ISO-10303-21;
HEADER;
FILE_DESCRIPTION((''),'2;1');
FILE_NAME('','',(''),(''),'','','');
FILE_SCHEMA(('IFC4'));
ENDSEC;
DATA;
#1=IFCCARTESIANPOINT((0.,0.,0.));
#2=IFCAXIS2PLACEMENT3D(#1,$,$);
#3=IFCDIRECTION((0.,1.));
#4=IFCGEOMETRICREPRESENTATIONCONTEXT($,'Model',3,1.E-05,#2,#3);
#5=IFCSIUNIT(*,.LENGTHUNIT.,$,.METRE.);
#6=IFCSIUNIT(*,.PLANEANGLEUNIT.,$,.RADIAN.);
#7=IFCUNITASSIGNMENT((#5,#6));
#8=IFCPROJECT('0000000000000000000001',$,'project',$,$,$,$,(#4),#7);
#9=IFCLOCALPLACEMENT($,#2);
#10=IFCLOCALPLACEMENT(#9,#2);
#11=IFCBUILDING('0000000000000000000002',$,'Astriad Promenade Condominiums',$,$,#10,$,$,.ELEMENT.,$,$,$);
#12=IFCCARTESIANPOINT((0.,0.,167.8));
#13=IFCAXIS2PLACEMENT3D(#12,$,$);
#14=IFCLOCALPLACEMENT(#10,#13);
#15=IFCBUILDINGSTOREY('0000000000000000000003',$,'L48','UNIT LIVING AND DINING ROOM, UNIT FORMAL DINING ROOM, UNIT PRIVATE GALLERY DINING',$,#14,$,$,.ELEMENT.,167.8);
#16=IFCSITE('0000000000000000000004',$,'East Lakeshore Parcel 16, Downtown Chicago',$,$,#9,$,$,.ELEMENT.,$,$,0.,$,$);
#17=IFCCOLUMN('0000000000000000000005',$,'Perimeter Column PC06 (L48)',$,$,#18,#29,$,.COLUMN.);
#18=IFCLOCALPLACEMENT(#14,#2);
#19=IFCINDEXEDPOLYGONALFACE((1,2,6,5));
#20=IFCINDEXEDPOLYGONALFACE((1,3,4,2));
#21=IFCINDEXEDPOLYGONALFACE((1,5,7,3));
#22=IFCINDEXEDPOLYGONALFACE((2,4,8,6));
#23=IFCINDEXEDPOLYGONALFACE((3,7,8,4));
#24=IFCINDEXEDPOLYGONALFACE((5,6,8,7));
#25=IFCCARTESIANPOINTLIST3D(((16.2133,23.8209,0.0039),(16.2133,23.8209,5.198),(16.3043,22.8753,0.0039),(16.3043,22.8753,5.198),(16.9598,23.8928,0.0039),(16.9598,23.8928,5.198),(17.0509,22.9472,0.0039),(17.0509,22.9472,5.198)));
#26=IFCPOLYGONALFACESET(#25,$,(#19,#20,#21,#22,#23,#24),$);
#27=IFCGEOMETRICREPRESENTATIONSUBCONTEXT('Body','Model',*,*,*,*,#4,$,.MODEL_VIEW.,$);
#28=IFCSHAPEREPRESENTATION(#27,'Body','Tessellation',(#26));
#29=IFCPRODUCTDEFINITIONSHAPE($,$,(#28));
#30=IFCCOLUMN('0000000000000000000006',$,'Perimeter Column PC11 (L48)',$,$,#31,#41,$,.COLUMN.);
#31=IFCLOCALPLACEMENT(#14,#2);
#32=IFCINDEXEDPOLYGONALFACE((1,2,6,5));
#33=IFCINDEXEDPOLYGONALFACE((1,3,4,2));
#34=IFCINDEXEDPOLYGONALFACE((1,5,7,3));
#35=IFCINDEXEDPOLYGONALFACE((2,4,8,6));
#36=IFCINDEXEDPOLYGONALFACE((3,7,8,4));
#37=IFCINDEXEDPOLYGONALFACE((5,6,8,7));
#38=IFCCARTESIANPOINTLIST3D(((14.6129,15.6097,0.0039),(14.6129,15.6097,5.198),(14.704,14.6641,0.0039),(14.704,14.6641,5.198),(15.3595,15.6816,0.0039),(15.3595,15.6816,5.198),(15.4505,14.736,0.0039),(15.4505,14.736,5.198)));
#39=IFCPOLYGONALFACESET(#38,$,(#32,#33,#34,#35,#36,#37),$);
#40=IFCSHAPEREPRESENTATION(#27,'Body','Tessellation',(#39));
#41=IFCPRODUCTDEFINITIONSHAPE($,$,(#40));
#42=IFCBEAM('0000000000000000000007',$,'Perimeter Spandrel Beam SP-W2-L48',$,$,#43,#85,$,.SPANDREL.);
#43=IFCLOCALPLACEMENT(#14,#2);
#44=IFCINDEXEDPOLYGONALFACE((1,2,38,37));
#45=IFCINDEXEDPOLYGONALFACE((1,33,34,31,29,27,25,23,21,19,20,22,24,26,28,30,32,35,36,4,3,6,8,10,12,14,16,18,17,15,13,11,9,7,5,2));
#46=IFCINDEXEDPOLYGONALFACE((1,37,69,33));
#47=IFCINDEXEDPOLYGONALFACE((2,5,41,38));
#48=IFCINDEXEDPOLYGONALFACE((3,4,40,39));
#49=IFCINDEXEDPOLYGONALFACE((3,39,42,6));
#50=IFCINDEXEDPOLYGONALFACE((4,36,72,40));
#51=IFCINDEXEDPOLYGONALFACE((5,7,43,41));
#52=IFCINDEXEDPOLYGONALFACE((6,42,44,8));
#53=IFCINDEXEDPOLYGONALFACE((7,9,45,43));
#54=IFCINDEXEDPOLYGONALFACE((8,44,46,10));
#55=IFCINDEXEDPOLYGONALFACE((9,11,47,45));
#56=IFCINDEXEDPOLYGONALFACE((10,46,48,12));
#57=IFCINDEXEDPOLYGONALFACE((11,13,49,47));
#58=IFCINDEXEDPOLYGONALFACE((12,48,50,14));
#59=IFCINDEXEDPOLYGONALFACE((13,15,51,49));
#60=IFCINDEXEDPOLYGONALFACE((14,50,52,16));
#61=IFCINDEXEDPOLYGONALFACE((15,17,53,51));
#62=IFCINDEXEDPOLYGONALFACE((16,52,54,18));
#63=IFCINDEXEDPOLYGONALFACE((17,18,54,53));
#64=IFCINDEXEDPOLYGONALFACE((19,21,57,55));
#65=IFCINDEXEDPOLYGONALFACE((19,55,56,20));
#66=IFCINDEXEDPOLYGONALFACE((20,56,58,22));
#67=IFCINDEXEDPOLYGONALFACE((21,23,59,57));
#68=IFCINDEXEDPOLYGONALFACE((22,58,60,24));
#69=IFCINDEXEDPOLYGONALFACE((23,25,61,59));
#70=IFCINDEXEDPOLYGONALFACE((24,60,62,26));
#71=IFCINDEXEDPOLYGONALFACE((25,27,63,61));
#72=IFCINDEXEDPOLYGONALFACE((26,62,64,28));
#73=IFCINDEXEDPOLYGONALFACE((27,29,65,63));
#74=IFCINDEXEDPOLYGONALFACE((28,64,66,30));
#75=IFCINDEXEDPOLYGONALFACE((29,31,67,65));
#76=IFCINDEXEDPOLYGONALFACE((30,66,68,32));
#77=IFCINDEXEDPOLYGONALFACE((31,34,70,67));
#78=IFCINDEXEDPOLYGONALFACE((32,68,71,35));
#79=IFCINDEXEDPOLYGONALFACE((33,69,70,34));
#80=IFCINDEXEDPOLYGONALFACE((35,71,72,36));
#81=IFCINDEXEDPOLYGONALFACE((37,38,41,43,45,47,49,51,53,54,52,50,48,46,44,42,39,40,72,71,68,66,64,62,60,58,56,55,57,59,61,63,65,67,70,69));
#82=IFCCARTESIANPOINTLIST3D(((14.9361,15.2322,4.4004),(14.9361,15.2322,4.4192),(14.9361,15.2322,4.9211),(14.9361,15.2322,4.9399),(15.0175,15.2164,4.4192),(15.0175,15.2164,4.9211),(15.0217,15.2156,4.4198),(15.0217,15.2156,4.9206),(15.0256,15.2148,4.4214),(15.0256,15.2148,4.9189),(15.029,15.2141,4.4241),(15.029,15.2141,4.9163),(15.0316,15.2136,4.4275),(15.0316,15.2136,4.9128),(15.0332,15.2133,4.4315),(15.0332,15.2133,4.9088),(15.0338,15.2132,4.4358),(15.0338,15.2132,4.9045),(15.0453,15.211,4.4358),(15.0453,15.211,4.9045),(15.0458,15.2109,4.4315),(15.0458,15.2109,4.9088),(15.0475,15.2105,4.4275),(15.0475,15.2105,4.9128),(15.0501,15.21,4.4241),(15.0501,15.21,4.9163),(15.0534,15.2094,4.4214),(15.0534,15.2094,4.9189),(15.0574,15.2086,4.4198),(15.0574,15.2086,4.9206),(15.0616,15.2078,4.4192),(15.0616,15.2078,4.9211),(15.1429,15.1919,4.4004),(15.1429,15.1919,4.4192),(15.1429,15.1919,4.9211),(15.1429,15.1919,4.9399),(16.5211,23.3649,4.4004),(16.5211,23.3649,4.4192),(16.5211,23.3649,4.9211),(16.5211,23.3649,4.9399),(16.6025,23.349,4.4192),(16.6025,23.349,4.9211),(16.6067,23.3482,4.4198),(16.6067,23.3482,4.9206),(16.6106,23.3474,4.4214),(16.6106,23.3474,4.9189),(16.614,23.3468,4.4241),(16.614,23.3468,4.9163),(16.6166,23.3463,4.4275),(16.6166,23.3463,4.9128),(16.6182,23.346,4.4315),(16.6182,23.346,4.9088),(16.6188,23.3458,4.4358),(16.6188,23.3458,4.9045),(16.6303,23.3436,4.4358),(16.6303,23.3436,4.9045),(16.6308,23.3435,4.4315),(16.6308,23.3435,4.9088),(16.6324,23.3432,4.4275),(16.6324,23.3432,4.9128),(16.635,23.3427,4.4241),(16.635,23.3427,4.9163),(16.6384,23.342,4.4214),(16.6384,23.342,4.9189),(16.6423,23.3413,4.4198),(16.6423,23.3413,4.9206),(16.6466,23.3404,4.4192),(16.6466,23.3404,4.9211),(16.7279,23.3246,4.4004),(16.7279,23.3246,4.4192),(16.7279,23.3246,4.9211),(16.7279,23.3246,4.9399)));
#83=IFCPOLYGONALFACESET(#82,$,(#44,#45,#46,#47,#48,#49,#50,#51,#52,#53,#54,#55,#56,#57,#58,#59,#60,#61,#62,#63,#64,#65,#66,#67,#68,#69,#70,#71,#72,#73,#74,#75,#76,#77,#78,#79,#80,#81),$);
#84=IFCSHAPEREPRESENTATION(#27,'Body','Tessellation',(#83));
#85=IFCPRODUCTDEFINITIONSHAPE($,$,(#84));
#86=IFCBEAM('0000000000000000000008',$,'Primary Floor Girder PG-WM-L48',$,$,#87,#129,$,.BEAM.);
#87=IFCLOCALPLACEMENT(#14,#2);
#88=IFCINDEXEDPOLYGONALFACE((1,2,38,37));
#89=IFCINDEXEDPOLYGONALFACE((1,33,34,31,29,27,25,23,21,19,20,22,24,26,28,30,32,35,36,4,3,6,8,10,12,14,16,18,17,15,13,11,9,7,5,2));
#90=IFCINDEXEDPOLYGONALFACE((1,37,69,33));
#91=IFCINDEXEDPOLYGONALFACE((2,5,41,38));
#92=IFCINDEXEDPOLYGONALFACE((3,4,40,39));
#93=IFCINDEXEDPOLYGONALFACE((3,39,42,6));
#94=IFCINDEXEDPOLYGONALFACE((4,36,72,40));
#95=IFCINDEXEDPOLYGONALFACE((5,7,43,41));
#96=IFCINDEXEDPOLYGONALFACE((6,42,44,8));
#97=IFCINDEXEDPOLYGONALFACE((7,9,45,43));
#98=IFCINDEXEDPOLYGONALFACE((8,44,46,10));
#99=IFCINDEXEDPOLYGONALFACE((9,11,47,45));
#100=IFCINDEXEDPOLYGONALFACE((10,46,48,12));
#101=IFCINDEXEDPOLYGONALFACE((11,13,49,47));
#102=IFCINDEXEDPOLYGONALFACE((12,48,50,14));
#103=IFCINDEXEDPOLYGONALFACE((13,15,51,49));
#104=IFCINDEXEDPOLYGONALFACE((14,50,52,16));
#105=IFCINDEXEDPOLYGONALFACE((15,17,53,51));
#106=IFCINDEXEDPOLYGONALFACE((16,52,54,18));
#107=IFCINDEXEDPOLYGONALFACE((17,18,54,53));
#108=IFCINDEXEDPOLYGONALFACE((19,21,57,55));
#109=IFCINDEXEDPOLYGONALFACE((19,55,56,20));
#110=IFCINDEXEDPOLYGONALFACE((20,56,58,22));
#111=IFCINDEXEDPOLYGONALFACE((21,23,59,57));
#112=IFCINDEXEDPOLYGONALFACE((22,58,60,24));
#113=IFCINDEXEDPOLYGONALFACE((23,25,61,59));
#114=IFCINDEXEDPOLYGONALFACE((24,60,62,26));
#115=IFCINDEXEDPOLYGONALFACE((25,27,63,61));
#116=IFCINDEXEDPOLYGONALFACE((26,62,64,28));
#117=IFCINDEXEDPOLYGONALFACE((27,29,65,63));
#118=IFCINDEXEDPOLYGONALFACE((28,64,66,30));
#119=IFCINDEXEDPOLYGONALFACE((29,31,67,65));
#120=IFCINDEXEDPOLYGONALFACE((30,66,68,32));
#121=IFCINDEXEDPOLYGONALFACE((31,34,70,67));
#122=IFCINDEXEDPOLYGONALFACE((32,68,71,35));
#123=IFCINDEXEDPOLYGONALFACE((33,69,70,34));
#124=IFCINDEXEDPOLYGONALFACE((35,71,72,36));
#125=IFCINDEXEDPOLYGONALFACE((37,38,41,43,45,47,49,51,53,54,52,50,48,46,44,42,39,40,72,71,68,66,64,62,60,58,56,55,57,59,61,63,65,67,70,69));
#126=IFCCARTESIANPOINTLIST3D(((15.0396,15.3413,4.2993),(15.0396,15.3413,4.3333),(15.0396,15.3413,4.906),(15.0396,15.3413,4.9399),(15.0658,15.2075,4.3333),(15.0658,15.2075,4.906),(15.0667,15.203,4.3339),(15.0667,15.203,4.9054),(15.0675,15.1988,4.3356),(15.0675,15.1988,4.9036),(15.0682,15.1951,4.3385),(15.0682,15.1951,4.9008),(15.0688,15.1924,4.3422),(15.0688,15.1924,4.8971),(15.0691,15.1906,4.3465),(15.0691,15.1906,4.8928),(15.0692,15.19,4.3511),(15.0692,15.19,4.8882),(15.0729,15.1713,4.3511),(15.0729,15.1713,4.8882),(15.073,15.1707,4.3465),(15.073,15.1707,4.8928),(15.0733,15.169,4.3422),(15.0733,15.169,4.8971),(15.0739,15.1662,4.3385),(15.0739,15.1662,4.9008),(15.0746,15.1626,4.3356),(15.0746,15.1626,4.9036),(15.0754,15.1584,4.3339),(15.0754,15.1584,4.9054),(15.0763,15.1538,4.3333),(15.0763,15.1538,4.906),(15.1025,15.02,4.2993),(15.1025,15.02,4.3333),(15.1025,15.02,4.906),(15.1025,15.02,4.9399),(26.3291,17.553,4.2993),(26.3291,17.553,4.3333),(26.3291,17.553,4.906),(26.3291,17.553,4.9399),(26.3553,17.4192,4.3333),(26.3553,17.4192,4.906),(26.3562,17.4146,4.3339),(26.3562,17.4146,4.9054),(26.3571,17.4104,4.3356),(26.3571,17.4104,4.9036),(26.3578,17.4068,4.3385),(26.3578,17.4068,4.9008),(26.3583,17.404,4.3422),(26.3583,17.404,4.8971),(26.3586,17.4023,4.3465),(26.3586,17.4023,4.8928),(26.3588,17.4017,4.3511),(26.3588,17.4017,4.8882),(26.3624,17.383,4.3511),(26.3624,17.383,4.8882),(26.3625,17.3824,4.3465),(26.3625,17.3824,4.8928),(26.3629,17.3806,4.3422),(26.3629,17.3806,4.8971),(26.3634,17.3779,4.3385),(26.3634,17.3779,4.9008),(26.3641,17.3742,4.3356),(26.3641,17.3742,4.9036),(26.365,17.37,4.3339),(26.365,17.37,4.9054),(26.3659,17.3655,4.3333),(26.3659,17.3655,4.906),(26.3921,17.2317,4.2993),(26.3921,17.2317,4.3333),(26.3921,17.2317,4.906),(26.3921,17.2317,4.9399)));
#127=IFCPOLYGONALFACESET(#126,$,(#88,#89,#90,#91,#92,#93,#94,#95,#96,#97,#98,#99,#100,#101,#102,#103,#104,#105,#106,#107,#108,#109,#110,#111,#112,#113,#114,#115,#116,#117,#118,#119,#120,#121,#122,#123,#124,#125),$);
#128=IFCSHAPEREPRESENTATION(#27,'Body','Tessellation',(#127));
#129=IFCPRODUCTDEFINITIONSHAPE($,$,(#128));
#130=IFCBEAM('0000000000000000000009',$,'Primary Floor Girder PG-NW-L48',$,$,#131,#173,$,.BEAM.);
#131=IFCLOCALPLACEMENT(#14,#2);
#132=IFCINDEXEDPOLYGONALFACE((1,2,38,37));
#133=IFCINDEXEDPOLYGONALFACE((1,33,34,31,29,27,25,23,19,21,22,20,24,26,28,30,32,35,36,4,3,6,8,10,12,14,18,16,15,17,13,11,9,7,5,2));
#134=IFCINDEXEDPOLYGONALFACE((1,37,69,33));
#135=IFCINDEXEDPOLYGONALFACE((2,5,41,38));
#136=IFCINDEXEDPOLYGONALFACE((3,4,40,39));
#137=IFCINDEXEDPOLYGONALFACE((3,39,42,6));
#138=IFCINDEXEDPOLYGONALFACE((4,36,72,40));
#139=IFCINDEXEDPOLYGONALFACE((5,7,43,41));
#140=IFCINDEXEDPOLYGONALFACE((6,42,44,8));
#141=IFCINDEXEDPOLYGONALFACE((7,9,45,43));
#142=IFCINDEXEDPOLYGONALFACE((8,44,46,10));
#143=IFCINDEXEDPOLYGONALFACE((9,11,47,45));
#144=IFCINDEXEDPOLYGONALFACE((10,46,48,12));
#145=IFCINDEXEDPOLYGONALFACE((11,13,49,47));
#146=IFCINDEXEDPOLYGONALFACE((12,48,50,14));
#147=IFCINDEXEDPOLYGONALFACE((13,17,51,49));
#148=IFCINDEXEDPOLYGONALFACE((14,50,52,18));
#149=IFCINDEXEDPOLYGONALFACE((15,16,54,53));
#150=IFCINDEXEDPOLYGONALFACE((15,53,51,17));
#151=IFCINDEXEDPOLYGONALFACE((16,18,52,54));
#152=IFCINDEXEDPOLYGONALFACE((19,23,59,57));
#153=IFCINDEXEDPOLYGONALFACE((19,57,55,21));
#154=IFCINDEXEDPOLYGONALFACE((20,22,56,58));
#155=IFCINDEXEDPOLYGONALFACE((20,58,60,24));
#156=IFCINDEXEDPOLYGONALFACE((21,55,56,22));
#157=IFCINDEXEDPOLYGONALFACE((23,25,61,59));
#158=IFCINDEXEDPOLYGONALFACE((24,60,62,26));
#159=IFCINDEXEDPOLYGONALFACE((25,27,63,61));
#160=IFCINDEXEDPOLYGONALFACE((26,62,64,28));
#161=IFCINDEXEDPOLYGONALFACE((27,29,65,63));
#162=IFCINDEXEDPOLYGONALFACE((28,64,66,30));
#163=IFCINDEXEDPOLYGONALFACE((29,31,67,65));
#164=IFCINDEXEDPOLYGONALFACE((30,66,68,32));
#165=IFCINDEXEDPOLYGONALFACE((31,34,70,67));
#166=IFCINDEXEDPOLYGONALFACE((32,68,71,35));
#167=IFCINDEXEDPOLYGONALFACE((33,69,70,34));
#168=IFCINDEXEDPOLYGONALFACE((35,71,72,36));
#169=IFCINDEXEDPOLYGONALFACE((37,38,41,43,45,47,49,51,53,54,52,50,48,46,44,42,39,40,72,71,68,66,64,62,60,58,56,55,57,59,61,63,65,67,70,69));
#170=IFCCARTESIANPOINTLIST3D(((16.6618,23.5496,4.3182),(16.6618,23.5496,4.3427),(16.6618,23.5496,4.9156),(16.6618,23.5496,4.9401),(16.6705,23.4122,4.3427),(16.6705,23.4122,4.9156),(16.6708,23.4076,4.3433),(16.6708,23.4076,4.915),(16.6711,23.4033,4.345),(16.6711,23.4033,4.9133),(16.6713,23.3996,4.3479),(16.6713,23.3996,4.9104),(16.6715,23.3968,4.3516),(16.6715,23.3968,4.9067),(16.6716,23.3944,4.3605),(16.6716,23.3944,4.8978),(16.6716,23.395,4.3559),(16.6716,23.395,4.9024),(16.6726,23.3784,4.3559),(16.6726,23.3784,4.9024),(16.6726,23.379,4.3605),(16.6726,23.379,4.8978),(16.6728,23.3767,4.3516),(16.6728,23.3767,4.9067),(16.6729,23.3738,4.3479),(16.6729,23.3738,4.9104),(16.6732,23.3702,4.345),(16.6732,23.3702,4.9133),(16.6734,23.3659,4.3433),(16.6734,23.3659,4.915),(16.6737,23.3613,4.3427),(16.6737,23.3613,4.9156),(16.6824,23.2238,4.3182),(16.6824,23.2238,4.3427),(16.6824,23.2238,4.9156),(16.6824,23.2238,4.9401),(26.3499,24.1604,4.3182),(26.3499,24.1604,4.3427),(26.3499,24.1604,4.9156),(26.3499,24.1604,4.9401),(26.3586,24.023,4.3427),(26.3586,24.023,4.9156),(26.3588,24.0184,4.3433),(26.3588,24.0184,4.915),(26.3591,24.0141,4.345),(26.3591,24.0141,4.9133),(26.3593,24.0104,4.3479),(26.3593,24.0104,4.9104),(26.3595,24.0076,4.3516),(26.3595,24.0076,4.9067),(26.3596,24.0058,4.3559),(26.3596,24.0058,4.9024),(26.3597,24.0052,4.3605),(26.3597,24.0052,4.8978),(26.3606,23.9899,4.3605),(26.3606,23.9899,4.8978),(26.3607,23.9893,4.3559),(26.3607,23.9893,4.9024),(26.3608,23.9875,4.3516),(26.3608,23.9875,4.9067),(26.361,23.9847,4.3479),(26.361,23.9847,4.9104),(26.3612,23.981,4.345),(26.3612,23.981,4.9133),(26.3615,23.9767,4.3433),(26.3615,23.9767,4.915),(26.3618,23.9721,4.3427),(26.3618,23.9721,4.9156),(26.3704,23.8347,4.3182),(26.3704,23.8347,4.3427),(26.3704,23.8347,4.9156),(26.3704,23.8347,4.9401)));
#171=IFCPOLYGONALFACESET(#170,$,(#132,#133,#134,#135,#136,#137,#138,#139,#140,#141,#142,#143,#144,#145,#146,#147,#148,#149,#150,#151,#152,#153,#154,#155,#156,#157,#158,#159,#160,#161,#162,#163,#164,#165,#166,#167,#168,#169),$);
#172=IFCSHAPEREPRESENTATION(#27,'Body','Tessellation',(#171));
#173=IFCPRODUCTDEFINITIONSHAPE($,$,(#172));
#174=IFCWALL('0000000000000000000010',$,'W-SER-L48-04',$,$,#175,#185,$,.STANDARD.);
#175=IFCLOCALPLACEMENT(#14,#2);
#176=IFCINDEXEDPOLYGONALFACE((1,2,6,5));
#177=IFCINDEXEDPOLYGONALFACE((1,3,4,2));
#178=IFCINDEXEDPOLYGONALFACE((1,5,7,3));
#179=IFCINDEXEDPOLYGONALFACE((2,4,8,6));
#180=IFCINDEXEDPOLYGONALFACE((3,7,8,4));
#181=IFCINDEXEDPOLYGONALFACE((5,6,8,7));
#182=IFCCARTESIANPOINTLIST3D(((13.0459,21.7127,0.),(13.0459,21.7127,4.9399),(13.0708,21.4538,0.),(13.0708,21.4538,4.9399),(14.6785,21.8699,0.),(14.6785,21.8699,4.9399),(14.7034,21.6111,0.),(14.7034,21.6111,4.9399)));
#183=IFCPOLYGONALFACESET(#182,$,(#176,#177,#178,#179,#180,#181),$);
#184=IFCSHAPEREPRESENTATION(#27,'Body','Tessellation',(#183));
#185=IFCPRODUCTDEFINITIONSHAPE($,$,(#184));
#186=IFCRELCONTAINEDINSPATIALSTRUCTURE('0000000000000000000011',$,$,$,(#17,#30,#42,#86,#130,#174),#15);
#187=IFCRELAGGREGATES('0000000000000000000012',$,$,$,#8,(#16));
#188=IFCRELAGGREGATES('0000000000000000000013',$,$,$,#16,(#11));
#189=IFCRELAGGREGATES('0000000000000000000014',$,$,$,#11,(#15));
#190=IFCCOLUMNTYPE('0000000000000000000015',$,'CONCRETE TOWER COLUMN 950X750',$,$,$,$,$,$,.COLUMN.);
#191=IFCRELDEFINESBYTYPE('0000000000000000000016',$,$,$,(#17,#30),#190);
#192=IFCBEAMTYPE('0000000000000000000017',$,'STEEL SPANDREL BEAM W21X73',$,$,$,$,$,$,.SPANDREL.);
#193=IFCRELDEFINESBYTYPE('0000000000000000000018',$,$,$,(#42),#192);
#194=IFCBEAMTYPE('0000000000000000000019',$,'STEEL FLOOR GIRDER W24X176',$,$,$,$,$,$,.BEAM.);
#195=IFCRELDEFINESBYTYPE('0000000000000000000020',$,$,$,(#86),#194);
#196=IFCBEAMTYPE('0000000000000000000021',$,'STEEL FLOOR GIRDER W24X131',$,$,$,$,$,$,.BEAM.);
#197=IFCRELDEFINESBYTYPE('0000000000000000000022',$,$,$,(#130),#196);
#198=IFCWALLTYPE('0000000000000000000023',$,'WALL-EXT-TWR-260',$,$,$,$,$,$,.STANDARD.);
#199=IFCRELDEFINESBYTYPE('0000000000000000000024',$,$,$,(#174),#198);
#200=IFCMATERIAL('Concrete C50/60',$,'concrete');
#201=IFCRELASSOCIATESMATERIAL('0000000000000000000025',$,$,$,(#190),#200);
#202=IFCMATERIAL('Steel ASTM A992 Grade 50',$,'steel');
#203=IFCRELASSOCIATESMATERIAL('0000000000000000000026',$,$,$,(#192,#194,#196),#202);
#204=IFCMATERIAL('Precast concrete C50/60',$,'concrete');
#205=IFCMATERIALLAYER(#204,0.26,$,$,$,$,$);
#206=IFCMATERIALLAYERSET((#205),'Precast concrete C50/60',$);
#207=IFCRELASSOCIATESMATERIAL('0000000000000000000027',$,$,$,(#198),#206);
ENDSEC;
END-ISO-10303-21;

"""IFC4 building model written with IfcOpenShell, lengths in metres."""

from ifc_helpers import new_model, si_unit, direction, frame, frame_2d, origin, origin_2d, place, context, subcontext, project, spatial, rectangle, i_section, extrude, source, transform, mapped, material, layer, layer_set, material_profile, profile_set, type_object, type_shapes, element, save


model = new_model("IFC4")

# Units and contexts
model_context = context("Model", 3, precision=1e-05, world=origin(), true_north=direction((0.0, 1.0)))
body_context = subcontext(model_context, "Body", "Model", "MODEL_VIEW")
ifc_project = project(units=[si_unit("LENGTHUNIT", "METRE"), si_unit("PLANEANGLEUNIT", "RADIAN")], contexts=[model_context])

# Site, building, storey
site_placement = place(None, origin())
site = spatial("IfcSite", under=ifc_project, at=site_placement, Name="East Lakeshore Parcel 16, Downtown Chicago", CompositionType="ELEMENT", RefElevation=0.0)
building_placement = place(site_placement, origin())
building = spatial("IfcBuilding", under=site, at=building_placement, Name="Astriad Promenade Condominiums", CompositionType="ELEMENT")
storey_placement = place(building_placement, frame((0.0, 0.0, 167.8)))
storey = spatial("IfcBuildingStorey", under=building, at=storey_placement, Name="L48", Description="UNIT LIVING AND DINING ROOM, UNIT FORMAL DINING ROOM, UNIT PRIVATE GALLERY DINING", CompositionType="ELEMENT", Elevation=167.8)

# Columns
ifc_material_1 = material(Name="Concrete C50/60", Category="concrete")
ifc_material_profile_1 = material_profile(ifc_material_1, rectangle(XDim=0.75, YDim=0.95, at=origin_2d()), Name="RC-COL-950X750")
ifc_profile_set_1 = profile_set([ifc_material_profile_1], Name="Concrete C50/60")
column_type = type_object("IfcColumnType", Name="CONCRETE TOWER COLUMN 950X750", PredefinedType="COLUMN", material=ifc_profile_set_1)
shared_shape_1 = source(origin(), body_context, "Body", "SweptSolid", [
    extrude(rectangle(XDim=0.75, YDim=0.95, at=origin_2d()), origin(), (0.0, 0.0, 1.0), 5.1941),
])
type_shapes(column_type, [shared_shape_1])
for number, where, z_axis, x_axis, name in (
    (1, (16.6321, 23.384, 0.0039), (0.0, 0.0, 1.0), (0.995396, 0.095846, 0.0), "Perimeter Column PC06 (L48)"),
    (2, (15.0317, 15.1729, 0.0039), (0.0, 0.0, 1.0), (0.995396, 0.095846, 0.0), "Perimeter Column PC11 (L48)"),
):
    element("IfcColumn", number, at=place(storey_placement, frame(where, z_axis=z_axis, x_axis=x_axis)), inside=storey, type_object=column_type, Name=name, PredefinedType="COLUMN", context=body_context, shape_type="MappedRepresentation", body=[
        mapped(shared_shape_1, transform((0.0, 0.0, 0.0), scale=1.0)),
    ])

# Beams
ifc_material_2 = material(Name="Steel ASTM A992 Grade 50", Category="steel")
ifc_material_profile_2 = material_profile(ifc_material_2, i_section(OverallWidth=0.2107, OverallDepth=0.5396, WebThickness=0.0117, FlangeThickness=0.0188, FilletRadius=0.0166, at=origin_2d()), Name="W21X73")
ifc_profile_set_2 = profile_set([ifc_material_profile_2], Name="Steel ASTM A992 Grade 50")
beam_type_1 = type_object("IfcBeamType", Name="STEEL SPANDREL BEAM W21X73", PredefinedType="SPANDREL", material=ifc_profile_set_2)
shared_shape_2 = source(origin(), body_context, "Body", "SweptSolid", [
    extrude(i_section(OverallWidth=0.2107, OverallDepth=0.5396, WebThickness=0.0117, FlangeThickness=0.0188, FilletRadius=0.0166, at=origin_2d()), origin(), (0.0, 0.0, 1.0), 8.2856),
])
type_shapes(beam_type_1, [shared_shape_2])
beam_1_placement = place(storey_placement, frame((16.6245, 23.3447, 4.6702), z_axis=(-0.191292, -0.981533, 0.0), x_axis=(0.981533, -0.191292, 0.0)))
element("IfcBeam", 3, at=beam_1_placement, inside=storey, type_object=beam_type_1, Name="Perimeter Spandrel Beam SP-W2-L48", PredefinedType="SPANDREL", context=body_context, shape_type="MappedRepresentation", body=[
    mapped(shared_shape_2, transform((0.0, 0.0, 0.0), scale=1.0)),
])
ifc_material_profile_3 = material_profile(ifc_material_2, i_section(OverallWidth=0.3274, OverallDepth=0.6406, WebThickness=0.019, FlangeThickness=0.0339, FilletRadius=0.0178, at=origin_2d()), Name="W24X176")
ifc_profile_set_3 = profile_set([ifc_material_profile_3], Name="Steel ASTM A992 Grade 50")
beam_type_2 = type_object("IfcBeamType", Name="STEEL FLOOR GIRDER W24X176", PredefinedType="BEAM", material=ifc_profile_set_3)
shared_shape_3 = source(origin(), body_context, "Body", "SweptSolid", [
    extrude(i_section(OverallWidth=0.3274, OverallDepth=0.6406, WebThickness=0.019, FlangeThickness=0.0339, FilletRadius=0.0178, at=origin_2d()), origin(), (0.0, 0.0, 1.0), 11.5042),
])
type_shapes(beam_type_2, [shared_shape_3])
beam_2_placement = place(storey_placement, frame((15.071, 15.1807, 4.6196), z_axis=(0.981346, 0.19225, 0.0), x_axis=(-0.19225, 0.981346, 0.0)))
element("IfcBeam", 4, at=beam_2_placement, inside=storey, type_object=beam_type_2, Name="Primary Floor Girder PG-WM-L48", PredefinedType="BEAM", context=body_context, shape_type="MappedRepresentation", body=[
    mapped(shared_shape_3, transform((0.0, 0.0, 0.0), scale=1.0)),
])
ifc_material_profile_4 = material_profile(ifc_material_2, i_section(OverallWidth=0.3264, OverallDepth=0.6218, WebThickness=0.0154, FlangeThickness=0.0244, FilletRadius=0.0178, at=origin_2d()), Name="W24X131")
ifc_profile_set_4 = profile_set([ifc_material_profile_4], Name="Steel ASTM A992 Grade 50")
beam_type_3 = type_object("IfcBeamType", Name="STEEL FLOOR GIRDER W24X131", PredefinedType="BEAM", material=ifc_profile_set_4)
shared_shape_4 = source(origin(), body_context, "Body", "SweptSolid", [
    extrude(i_section(OverallWidth=0.3264, OverallDepth=0.6218, WebThickness=0.0154, FlangeThickness=0.0244, FilletRadius=0.0178, at=origin_2d()), origin(), (0.0, 0.0, 1.0), 9.7073),
])
type_shapes(beam_type_3, [shared_shape_4])
beam_3_placement = place(storey_placement, frame((16.6721, 23.3867, 4.6292), z_axis=(0.998018, 0.062926, 0.0), x_axis=(-0.062926, 0.998018, 0.0)))
element("IfcBeam", 5, at=beam_3_placement, inside=storey, type_object=beam_type_3, Name="Primary Floor Girder PG-NW-L48", PredefinedType="BEAM", context=body_context, shape_type="MappedRepresentation", body=[
    mapped(shared_shape_4, transform((0.0, 0.0, 0.0), scale=1.0)),
])

# Wall
ifc_material_3 = material(Name="Precast concrete C50/60", Category="concrete")
ifc_layer_1 = layer(ifc_material_3, 0.26)
ifc_layer_set_1 = layer_set([ifc_layer_1], Name="Precast concrete C50/60")
wall_type_1 = type_object("IfcWallType", Name="WALL-EXT-TWR-260", PredefinedType="STANDARD", material=ifc_layer_set_1)
wall_1_placement = place(storey_placement, frame((13.0583, 21.5833, 0.0), z_axis=(0.0, 0.0, 1.0), x_axis=(0.995395, 0.095863, 0.0)))
element("IfcWall", 6, at=wall_1_placement, inside=storey, type_object=wall_type_1, Name="W-SER-L48-04", PredefinedType="STANDARD", context=body_context, shape_type="SweptSolid", body=[
    extrude(rectangle(XDim=1.6401, YDim=0.26, at=frame_2d((0.8201, 0.0))), origin(), (0.0, 0.0, 1.0), 4.9399),
])

save(model, "model.ifc")
